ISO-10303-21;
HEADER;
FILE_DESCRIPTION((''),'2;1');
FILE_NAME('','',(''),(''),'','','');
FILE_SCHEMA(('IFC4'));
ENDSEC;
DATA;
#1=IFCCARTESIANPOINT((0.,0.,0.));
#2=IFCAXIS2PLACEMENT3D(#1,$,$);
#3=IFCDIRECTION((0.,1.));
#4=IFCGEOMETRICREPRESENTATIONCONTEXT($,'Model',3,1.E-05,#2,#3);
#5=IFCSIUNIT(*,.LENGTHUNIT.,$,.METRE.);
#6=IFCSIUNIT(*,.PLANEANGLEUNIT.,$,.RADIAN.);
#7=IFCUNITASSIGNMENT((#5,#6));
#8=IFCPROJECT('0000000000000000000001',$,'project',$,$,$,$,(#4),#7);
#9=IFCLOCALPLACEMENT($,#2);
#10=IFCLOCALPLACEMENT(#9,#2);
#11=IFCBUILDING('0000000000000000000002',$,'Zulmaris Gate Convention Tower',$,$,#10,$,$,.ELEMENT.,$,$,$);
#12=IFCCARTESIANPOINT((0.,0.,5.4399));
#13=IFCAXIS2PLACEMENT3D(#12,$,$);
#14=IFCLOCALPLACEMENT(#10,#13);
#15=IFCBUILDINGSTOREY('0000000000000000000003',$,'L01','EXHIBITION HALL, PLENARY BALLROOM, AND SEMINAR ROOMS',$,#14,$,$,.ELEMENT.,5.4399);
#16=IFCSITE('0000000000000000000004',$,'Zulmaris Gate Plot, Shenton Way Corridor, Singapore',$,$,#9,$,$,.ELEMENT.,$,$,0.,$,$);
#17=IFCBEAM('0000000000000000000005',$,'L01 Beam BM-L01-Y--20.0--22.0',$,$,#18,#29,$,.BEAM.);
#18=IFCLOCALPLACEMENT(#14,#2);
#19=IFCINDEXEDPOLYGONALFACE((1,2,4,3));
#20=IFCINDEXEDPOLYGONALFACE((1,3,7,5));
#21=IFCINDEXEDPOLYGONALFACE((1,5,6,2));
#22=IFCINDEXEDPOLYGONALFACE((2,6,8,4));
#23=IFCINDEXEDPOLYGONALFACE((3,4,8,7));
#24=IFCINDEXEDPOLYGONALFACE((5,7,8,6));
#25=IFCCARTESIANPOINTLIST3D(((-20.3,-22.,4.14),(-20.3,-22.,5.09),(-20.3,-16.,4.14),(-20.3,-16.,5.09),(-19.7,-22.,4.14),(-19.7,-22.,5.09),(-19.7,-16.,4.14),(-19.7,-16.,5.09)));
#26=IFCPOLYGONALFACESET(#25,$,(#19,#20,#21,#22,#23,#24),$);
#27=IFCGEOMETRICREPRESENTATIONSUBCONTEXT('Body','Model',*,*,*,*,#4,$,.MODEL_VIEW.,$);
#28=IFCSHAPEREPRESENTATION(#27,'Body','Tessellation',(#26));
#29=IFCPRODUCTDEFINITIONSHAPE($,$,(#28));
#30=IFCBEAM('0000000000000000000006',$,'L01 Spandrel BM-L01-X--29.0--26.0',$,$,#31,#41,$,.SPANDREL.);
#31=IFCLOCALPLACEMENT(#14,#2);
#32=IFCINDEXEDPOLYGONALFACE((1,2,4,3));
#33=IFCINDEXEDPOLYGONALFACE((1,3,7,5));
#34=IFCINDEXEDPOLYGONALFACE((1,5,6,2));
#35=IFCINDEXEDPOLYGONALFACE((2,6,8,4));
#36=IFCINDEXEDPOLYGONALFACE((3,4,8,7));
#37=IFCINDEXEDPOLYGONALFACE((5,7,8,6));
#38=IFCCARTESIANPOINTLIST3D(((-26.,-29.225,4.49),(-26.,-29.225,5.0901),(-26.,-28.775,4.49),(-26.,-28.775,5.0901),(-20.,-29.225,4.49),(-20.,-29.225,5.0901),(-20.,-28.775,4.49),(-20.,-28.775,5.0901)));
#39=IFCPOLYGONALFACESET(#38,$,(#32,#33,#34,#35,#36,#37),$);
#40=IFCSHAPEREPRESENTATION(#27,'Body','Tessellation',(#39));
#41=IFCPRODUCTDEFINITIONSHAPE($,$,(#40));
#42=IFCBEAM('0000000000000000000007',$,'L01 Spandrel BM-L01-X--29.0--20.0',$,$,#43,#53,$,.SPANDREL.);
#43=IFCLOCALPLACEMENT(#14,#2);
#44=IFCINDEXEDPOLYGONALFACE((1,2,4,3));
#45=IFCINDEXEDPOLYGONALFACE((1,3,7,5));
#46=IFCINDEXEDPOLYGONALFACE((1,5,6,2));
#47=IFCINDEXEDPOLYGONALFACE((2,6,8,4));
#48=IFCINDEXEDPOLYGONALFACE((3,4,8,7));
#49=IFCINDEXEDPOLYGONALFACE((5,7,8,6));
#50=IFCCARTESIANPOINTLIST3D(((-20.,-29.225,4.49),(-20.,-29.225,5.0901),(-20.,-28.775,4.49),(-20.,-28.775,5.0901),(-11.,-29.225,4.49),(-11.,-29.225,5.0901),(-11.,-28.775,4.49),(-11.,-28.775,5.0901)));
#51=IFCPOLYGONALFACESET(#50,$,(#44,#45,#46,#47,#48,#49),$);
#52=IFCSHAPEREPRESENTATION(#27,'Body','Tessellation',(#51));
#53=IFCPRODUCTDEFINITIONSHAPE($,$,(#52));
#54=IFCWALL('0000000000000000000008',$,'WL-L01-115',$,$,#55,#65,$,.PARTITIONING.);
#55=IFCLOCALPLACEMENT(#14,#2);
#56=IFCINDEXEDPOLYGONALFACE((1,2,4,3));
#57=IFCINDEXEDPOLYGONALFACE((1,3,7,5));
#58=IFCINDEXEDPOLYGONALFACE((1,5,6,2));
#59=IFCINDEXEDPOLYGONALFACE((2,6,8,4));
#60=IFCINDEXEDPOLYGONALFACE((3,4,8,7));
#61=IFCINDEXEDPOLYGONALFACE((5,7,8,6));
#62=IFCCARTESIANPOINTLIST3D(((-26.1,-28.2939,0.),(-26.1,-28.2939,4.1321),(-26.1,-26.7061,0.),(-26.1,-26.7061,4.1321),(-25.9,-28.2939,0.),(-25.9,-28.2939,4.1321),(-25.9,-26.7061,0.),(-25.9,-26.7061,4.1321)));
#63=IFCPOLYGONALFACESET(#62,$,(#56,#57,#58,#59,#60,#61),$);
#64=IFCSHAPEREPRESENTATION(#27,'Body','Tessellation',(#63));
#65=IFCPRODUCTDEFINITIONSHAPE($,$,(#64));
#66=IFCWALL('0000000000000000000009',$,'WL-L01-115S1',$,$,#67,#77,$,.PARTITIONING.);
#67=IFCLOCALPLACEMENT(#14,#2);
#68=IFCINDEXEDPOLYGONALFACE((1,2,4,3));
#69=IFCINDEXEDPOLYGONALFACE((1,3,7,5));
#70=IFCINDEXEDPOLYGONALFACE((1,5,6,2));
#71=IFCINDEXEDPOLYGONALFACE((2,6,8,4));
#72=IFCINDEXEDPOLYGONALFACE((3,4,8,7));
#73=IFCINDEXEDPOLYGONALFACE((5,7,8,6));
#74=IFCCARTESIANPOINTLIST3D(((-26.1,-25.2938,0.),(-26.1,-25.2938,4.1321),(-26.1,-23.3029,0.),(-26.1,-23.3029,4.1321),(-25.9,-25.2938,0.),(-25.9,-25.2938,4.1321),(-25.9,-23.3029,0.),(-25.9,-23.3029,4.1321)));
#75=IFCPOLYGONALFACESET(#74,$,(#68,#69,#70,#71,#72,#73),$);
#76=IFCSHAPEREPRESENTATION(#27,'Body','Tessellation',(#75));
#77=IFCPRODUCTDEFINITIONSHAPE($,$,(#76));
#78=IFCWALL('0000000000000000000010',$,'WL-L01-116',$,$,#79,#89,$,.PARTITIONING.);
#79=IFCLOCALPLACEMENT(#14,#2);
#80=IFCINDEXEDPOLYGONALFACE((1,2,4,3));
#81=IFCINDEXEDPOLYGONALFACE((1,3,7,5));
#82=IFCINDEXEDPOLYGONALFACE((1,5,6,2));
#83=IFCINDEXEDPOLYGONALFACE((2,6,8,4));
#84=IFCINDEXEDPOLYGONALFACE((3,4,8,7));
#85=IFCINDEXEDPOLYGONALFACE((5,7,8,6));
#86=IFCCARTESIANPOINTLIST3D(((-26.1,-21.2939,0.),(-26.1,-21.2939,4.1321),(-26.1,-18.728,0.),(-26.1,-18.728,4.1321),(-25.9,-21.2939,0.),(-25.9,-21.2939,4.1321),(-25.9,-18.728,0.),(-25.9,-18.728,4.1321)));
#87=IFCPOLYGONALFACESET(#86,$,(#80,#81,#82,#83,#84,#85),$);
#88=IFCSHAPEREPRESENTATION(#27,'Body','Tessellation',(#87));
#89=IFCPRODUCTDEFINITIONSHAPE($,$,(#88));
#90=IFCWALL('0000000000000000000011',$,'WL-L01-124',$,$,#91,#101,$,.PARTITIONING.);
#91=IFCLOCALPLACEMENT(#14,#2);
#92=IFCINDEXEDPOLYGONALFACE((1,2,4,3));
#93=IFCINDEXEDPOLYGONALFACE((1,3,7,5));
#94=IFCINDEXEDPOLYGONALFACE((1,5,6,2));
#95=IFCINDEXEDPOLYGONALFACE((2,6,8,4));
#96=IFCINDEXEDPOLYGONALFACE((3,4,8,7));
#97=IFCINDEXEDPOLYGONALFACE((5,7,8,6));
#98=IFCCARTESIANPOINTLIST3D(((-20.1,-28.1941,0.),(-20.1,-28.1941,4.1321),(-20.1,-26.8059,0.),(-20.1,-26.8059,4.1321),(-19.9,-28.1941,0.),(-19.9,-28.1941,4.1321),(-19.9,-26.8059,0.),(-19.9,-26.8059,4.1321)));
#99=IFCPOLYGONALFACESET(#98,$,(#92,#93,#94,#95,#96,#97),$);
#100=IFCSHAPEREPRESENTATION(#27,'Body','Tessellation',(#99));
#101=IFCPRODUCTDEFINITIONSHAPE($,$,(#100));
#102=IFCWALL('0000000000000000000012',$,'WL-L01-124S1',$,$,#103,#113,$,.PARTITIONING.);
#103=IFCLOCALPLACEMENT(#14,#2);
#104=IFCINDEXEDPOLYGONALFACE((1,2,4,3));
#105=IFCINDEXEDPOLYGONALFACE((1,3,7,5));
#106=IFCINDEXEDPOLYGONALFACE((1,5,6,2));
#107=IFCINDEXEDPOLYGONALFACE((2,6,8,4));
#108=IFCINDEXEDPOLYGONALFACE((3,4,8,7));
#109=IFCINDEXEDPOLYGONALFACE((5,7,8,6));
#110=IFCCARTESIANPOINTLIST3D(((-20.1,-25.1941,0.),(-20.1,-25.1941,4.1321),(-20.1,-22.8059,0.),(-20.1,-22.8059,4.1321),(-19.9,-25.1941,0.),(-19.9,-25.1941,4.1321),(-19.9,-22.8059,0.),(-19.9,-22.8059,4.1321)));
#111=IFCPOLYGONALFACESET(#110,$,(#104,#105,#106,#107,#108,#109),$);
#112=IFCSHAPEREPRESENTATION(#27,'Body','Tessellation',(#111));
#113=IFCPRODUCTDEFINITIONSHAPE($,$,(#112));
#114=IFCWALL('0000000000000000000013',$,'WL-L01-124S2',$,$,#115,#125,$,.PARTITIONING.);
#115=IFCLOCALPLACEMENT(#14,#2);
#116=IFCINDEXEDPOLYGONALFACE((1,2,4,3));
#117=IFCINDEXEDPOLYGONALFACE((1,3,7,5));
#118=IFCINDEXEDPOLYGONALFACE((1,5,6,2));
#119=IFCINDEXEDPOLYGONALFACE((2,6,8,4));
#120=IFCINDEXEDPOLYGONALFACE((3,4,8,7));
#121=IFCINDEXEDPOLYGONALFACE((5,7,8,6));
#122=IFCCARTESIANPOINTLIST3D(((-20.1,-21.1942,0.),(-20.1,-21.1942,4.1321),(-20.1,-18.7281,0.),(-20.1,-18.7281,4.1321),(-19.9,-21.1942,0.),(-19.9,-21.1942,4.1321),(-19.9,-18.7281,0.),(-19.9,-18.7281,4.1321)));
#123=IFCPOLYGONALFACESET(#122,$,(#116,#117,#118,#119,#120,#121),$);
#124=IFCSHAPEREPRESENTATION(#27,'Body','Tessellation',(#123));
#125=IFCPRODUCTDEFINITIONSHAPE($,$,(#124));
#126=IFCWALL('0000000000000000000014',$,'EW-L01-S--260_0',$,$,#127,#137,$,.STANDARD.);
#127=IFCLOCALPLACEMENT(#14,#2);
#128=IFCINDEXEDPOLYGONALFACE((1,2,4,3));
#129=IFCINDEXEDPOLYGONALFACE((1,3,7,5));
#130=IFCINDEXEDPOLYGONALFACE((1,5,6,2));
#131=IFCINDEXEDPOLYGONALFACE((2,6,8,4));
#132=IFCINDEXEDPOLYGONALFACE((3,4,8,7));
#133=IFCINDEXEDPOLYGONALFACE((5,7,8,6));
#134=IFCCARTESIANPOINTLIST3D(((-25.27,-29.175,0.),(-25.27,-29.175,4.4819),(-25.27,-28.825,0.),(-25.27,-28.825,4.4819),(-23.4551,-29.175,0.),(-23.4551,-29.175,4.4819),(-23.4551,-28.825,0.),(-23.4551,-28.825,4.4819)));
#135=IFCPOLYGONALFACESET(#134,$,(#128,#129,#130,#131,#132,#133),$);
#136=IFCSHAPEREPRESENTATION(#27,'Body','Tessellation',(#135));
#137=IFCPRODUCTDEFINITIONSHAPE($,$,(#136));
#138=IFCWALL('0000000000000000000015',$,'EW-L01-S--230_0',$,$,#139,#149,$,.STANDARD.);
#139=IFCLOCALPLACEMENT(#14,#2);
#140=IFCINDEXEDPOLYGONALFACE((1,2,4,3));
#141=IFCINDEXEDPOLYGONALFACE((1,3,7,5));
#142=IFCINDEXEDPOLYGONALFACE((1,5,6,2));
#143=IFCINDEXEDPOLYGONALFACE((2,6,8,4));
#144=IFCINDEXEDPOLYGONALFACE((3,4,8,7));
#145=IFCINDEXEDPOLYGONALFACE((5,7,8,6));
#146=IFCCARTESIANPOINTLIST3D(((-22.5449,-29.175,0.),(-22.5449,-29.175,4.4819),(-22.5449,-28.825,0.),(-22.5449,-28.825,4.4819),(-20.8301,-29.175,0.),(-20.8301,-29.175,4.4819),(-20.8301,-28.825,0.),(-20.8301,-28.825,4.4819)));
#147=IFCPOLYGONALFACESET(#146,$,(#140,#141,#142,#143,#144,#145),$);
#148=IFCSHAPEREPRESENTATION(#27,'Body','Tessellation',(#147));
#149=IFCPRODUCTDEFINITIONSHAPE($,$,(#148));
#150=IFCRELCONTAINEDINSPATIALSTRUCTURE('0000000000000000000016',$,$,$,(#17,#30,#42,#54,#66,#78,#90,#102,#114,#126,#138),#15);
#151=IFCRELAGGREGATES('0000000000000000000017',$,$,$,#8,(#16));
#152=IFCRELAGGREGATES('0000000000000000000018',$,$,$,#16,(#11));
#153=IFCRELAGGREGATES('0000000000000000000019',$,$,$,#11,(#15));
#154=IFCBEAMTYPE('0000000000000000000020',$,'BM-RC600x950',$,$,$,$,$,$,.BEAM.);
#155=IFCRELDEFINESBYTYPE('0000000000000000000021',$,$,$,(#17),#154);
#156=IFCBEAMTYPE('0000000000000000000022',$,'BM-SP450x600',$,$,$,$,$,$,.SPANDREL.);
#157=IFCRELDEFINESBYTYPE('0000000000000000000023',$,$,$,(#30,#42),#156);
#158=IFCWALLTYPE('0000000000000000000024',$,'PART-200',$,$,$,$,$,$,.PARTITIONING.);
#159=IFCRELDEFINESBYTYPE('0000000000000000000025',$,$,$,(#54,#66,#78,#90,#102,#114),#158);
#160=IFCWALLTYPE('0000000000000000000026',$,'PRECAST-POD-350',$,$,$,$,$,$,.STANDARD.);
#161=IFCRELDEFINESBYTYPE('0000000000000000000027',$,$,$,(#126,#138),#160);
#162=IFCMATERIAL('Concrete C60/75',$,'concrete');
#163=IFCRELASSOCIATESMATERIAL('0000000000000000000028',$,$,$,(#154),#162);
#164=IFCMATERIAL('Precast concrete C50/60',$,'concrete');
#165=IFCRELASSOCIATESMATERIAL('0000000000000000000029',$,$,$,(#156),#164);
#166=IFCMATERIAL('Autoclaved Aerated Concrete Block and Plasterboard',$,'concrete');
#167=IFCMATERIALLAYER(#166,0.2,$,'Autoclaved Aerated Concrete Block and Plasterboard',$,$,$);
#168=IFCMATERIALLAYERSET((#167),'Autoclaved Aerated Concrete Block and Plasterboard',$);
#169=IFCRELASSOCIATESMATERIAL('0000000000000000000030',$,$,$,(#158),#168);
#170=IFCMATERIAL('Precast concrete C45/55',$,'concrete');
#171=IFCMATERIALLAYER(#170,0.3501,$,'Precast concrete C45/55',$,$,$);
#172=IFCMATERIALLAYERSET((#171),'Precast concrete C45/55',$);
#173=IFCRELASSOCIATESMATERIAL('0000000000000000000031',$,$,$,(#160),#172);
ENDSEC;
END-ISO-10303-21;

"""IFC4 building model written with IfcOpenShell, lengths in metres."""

from ifc_helpers import new_model, si_unit, direction, frame, frame_2d, origin, origin_2d, place, context, subcontext, project, spatial, rectangle, extrude, material, layer, layer_set, material_profile, profile_set, type_object, element, save


model = new_model("IFC4")

# Units and contexts
model_context = context("Model", 3, precision=1e-05, world=origin(), true_north=direction((0.0, 1.0)))
body_context = subcontext(model_context, "Body", "Model", "MODEL_VIEW")
ifc_project = project(units=[si_unit("LENGTHUNIT", "METRE"), si_unit("PLANEANGLEUNIT", "RADIAN")], contexts=[model_context])

# Site, building, storey
site_placement = place(None, origin())
site = spatial("IfcSite", under=ifc_project, at=site_placement, Name="Zulmaris Gate Plot, Shenton Way Corridor, Singapore", CompositionType="ELEMENT", RefElevation=0.0)
building_placement = place(site_placement, origin())
building = spatial("IfcBuilding", under=site, at=building_placement, Name="Zulmaris Gate Convention Tower", CompositionType="ELEMENT")
storey_placement = place(building_placement, frame((0.0, 0.0, 5.4399)))
storey = spatial("IfcBuildingStorey", under=building, at=storey_placement, Name="L01", Description="EXHIBITION HALL, PLENARY BALLROOM, AND SEMINAR ROOMS", CompositionType="ELEMENT", Elevation=5.4399)

# Shared definitions
ifc_material_1 = material(Name="Precast concrete C50/60", Category="concrete")

# Beams
ifc_material_2 = material(Name="Concrete C60/75", Category="concrete")
ifc_material_profile_1 = material_profile(ifc_material_2, rectangle(XDim=0.6001, YDim=0.95, at=origin_2d()), Name="RC BEAM 600x950")
ifc_profile_set_1 = profile_set([ifc_material_profile_1], Name="Concrete C60/75")
beam_type_1 = type_object("IfcBeamType", Name="BM-RC600x950", PredefinedType="BEAM", material=ifc_profile_set_1)
beam_1_placement = place(storey_placement, frame((-20.0, -22.0, 4.615), z_axis=(0.0, 1.0, 0.0), x_axis=(-1.0, 0.0, 0.0)))
element("IfcBeam", 1, at=beam_1_placement, inside=storey, type_object=beam_type_1, Name="L01 Beam BM-L01-Y--20.0--22.0", PredefinedType="BEAM", context=body_context, shape_type="SweptSolid", body=[
    extrude(rectangle(XDim=0.6001, YDim=0.95, at=origin_2d()), origin(), (0.0, 0.0, 1.0), 6.0),
])
ifc_material_profile_2 = material_profile(ifc_material_1, rectangle(XDim=0.45, YDim=0.6001, at=origin_2d()), Name="RC SPANDREL 450x600")
ifc_profile_set_2 = profile_set([ifc_material_profile_2], Name="Precast concrete C50/60")
beam_type_2 = type_object("IfcBeamType", Name="BM-SP450x600", PredefinedType="SPANDREL", material=ifc_profile_set_2)
beam_2_placement = place(storey_placement, frame((-26.0, -29.0, 4.79), z_axis=(1.0, 0.0, 0.0), x_axis=(0.0, 1.0, 0.0)))
element("IfcBeam", 2, at=beam_2_placement, inside=storey, type_object=beam_type_2, Name="L01 Spandrel BM-L01-X--29.0--26.0", PredefinedType="SPANDREL", context=body_context, shape_type="SweptSolid", body=[
    extrude(rectangle(XDim=0.45, YDim=0.6001, at=origin_2d()), origin(), (0.0, 0.0, 1.0), 6.0),
])
beam_3_placement = place(storey_placement, frame((-20.0, -29.0, 4.79), z_axis=(1.0, 0.0, 0.0), x_axis=(0.0, 1.0, 0.0)))
element("IfcBeam", 3, at=beam_3_placement, inside=storey, type_object=beam_type_2, Name="L01 Spandrel BM-L01-X--29.0--20.0", PredefinedType="SPANDREL", context=body_context, shape_type="SweptSolid", body=[
    extrude(rectangle(XDim=0.45, YDim=0.6001, at=origin_2d()), origin(), (0.0, 0.0, 1.0), 9.0),
])

# Walls
ifc_material_3 = material(Name="Autoclaved Aerated Concrete Block and Plasterboard", Category="concrete")
ifc_layer_1 = layer(ifc_material_3, 0.2, Name="Autoclaved Aerated Concrete Block and Plasterboard")
ifc_layer_set_1 = layer_set([ifc_layer_1], Name="Autoclaved Aerated Concrete Block and Plasterboard")
wall_type_1 = type_object("IfcWallType", Name="PART-200", PredefinedType="PARTITIONING", material=ifc_layer_set_1)
wall_1_placement = place(storey_placement, frame((-26.0, -28.2939, 0.0), z_axis=(0.0, 0.0, 1.0), x_axis=(0.0, 1.0, 0.0)))
element("IfcWall", 4, at=wall_1_placement, inside=storey, type_object=wall_type_1, Name="WL-L01-115", PredefinedType="PARTITIONING", context=body_context, shape_type="SweptSolid", body=[
    extrude(rectangle(XDim=1.5879, YDim=0.2, at=frame_2d((0.7939, 0.0))), origin(), (0.0, 0.0, 1.0), 4.1321),
])
wall_2_placement = place(storey_placement, frame((-26.0, -25.2939, 0.0), z_axis=(0.0, 0.0, 1.0), x_axis=(0.0, 1.0, 0.0)))
element("IfcWall", 5, at=wall_2_placement, inside=storey, type_object=wall_type_1, Name="WL-L01-115S1", PredefinedType="PARTITIONING", context=body_context, shape_type="SweptSolid", body=[
    extrude(rectangle(XDim=1.991, YDim=0.2, at=frame_2d((0.9956, 0.0))), origin(), (0.0, 0.0, 1.0), 4.1321),
])
wall_3_placement = place(storey_placement, frame((-26.0, -21.2939, 0.0), z_axis=(0.0, 0.0, 1.0), x_axis=(0.0, 1.0, 0.0)))
element("IfcWall", 6, at=wall_3_placement, inside=storey, type_object=wall_type_1, Name="WL-L01-116", PredefinedType="PARTITIONING", context=body_context, shape_type="SweptSolid", body=[
    extrude(rectangle(XDim=2.5659, YDim=0.2, at=frame_2d((1.283, 0.0))), origin(), (0.0, 0.0, 1.0), 4.1321),
])
wall_4_placement = place(storey_placement, frame((-20.0, -28.1941, 0.0), z_axis=(0.0, 0.0, 1.0), x_axis=(0.0, 1.0, 0.0)))
element("IfcWall", 7, at=wall_4_placement, inside=storey, type_object=wall_type_1, Name="WL-L01-124", PredefinedType="PARTITIONING", context=body_context, shape_type="SweptSolid", body=[
    extrude(rectangle(XDim=1.3882, YDim=0.2, at=frame_2d((0.6941, 0.0))), origin(), (0.0, 0.0, 1.0), 4.1321),
])
wall_5_placement = place(storey_placement, frame((-20.0, -25.1941, 0.0), z_axis=(0.0, 0.0, 1.0), x_axis=(0.0, 1.0, 0.0)))
element("IfcWall", 8, at=wall_5_placement, inside=storey, type_object=wall_type_1, Name="WL-L01-124S1", PredefinedType="PARTITIONING", context=body_context, shape_type="SweptSolid", body=[
    extrude(rectangle(XDim=2.3882, YDim=0.2, at=frame_2d((1.1941, 0.0))), origin(), (0.0, 0.0, 1.0), 4.1321),
])
wall_6_placement = place(storey_placement, frame((-20.0, -21.1941, 0.0), z_axis=(0.0, 0.0, 1.0), x_axis=(0.0, 1.0, 0.0)))
element("IfcWall", 9, at=wall_6_placement, inside=storey, type_object=wall_type_1, Name="WL-L01-124S2", PredefinedType="PARTITIONING", context=body_context, shape_type="SweptSolid", body=[
    extrude(rectangle(XDim=2.4661, YDim=0.2, at=frame_2d((1.2329, 0.0))), origin(), (0.0, 0.0, 1.0), 4.1321),
])
ifc_material_4 = material(Name="Precast concrete C45/55", Category="concrete")
ifc_layer_2 = layer(ifc_material_4, 0.3501, Name="Precast concrete C45/55")
ifc_layer_set_2 = layer_set([ifc_layer_2], Name="Precast concrete C45/55")
wall_type_2 = type_object("IfcWallType", Name="PRECAST-POD-350", PredefinedType="STANDARD", material=ifc_layer_set_2)
wall_7_placement = place(storey_placement, frame((-25.27, -29.0, 0.0), z_axis=(0.0, 0.0, 1.0), x_axis=(1.0, 0.0, 0.0)))
element("IfcWall", 10, at=wall_7_placement, inside=storey, type_object=wall_type_2, Name="EW-L01-S--260_0", PredefinedType="STANDARD", context=body_context, shape_type="SweptSolid", body=[
    extrude(rectangle(XDim=1.8149, YDim=0.3501, at=frame_2d((0.9075, 0.0))), origin(), (0.0, 0.0, 1.0), 4.4819),
])
wall_8_placement = place(storey_placement, frame((-22.5449, -29.0, 0.0), z_axis=(0.0, 0.0, 1.0), x_axis=(1.0, 0.0, 0.0)))
element("IfcWall", 11, at=wall_8_placement, inside=storey, type_object=wall_type_2, Name="EW-L01-S--230_0", PredefinedType="STANDARD", context=body_context, shape_type="SweptSolid", body=[
    extrude(rectangle(XDim=1.7148, YDim=0.3501, at=frame_2d((0.8574, 0.0))), origin(), (0.0, 0.0, 1.0), 4.4819),
])

save(model, "model.ifc")
